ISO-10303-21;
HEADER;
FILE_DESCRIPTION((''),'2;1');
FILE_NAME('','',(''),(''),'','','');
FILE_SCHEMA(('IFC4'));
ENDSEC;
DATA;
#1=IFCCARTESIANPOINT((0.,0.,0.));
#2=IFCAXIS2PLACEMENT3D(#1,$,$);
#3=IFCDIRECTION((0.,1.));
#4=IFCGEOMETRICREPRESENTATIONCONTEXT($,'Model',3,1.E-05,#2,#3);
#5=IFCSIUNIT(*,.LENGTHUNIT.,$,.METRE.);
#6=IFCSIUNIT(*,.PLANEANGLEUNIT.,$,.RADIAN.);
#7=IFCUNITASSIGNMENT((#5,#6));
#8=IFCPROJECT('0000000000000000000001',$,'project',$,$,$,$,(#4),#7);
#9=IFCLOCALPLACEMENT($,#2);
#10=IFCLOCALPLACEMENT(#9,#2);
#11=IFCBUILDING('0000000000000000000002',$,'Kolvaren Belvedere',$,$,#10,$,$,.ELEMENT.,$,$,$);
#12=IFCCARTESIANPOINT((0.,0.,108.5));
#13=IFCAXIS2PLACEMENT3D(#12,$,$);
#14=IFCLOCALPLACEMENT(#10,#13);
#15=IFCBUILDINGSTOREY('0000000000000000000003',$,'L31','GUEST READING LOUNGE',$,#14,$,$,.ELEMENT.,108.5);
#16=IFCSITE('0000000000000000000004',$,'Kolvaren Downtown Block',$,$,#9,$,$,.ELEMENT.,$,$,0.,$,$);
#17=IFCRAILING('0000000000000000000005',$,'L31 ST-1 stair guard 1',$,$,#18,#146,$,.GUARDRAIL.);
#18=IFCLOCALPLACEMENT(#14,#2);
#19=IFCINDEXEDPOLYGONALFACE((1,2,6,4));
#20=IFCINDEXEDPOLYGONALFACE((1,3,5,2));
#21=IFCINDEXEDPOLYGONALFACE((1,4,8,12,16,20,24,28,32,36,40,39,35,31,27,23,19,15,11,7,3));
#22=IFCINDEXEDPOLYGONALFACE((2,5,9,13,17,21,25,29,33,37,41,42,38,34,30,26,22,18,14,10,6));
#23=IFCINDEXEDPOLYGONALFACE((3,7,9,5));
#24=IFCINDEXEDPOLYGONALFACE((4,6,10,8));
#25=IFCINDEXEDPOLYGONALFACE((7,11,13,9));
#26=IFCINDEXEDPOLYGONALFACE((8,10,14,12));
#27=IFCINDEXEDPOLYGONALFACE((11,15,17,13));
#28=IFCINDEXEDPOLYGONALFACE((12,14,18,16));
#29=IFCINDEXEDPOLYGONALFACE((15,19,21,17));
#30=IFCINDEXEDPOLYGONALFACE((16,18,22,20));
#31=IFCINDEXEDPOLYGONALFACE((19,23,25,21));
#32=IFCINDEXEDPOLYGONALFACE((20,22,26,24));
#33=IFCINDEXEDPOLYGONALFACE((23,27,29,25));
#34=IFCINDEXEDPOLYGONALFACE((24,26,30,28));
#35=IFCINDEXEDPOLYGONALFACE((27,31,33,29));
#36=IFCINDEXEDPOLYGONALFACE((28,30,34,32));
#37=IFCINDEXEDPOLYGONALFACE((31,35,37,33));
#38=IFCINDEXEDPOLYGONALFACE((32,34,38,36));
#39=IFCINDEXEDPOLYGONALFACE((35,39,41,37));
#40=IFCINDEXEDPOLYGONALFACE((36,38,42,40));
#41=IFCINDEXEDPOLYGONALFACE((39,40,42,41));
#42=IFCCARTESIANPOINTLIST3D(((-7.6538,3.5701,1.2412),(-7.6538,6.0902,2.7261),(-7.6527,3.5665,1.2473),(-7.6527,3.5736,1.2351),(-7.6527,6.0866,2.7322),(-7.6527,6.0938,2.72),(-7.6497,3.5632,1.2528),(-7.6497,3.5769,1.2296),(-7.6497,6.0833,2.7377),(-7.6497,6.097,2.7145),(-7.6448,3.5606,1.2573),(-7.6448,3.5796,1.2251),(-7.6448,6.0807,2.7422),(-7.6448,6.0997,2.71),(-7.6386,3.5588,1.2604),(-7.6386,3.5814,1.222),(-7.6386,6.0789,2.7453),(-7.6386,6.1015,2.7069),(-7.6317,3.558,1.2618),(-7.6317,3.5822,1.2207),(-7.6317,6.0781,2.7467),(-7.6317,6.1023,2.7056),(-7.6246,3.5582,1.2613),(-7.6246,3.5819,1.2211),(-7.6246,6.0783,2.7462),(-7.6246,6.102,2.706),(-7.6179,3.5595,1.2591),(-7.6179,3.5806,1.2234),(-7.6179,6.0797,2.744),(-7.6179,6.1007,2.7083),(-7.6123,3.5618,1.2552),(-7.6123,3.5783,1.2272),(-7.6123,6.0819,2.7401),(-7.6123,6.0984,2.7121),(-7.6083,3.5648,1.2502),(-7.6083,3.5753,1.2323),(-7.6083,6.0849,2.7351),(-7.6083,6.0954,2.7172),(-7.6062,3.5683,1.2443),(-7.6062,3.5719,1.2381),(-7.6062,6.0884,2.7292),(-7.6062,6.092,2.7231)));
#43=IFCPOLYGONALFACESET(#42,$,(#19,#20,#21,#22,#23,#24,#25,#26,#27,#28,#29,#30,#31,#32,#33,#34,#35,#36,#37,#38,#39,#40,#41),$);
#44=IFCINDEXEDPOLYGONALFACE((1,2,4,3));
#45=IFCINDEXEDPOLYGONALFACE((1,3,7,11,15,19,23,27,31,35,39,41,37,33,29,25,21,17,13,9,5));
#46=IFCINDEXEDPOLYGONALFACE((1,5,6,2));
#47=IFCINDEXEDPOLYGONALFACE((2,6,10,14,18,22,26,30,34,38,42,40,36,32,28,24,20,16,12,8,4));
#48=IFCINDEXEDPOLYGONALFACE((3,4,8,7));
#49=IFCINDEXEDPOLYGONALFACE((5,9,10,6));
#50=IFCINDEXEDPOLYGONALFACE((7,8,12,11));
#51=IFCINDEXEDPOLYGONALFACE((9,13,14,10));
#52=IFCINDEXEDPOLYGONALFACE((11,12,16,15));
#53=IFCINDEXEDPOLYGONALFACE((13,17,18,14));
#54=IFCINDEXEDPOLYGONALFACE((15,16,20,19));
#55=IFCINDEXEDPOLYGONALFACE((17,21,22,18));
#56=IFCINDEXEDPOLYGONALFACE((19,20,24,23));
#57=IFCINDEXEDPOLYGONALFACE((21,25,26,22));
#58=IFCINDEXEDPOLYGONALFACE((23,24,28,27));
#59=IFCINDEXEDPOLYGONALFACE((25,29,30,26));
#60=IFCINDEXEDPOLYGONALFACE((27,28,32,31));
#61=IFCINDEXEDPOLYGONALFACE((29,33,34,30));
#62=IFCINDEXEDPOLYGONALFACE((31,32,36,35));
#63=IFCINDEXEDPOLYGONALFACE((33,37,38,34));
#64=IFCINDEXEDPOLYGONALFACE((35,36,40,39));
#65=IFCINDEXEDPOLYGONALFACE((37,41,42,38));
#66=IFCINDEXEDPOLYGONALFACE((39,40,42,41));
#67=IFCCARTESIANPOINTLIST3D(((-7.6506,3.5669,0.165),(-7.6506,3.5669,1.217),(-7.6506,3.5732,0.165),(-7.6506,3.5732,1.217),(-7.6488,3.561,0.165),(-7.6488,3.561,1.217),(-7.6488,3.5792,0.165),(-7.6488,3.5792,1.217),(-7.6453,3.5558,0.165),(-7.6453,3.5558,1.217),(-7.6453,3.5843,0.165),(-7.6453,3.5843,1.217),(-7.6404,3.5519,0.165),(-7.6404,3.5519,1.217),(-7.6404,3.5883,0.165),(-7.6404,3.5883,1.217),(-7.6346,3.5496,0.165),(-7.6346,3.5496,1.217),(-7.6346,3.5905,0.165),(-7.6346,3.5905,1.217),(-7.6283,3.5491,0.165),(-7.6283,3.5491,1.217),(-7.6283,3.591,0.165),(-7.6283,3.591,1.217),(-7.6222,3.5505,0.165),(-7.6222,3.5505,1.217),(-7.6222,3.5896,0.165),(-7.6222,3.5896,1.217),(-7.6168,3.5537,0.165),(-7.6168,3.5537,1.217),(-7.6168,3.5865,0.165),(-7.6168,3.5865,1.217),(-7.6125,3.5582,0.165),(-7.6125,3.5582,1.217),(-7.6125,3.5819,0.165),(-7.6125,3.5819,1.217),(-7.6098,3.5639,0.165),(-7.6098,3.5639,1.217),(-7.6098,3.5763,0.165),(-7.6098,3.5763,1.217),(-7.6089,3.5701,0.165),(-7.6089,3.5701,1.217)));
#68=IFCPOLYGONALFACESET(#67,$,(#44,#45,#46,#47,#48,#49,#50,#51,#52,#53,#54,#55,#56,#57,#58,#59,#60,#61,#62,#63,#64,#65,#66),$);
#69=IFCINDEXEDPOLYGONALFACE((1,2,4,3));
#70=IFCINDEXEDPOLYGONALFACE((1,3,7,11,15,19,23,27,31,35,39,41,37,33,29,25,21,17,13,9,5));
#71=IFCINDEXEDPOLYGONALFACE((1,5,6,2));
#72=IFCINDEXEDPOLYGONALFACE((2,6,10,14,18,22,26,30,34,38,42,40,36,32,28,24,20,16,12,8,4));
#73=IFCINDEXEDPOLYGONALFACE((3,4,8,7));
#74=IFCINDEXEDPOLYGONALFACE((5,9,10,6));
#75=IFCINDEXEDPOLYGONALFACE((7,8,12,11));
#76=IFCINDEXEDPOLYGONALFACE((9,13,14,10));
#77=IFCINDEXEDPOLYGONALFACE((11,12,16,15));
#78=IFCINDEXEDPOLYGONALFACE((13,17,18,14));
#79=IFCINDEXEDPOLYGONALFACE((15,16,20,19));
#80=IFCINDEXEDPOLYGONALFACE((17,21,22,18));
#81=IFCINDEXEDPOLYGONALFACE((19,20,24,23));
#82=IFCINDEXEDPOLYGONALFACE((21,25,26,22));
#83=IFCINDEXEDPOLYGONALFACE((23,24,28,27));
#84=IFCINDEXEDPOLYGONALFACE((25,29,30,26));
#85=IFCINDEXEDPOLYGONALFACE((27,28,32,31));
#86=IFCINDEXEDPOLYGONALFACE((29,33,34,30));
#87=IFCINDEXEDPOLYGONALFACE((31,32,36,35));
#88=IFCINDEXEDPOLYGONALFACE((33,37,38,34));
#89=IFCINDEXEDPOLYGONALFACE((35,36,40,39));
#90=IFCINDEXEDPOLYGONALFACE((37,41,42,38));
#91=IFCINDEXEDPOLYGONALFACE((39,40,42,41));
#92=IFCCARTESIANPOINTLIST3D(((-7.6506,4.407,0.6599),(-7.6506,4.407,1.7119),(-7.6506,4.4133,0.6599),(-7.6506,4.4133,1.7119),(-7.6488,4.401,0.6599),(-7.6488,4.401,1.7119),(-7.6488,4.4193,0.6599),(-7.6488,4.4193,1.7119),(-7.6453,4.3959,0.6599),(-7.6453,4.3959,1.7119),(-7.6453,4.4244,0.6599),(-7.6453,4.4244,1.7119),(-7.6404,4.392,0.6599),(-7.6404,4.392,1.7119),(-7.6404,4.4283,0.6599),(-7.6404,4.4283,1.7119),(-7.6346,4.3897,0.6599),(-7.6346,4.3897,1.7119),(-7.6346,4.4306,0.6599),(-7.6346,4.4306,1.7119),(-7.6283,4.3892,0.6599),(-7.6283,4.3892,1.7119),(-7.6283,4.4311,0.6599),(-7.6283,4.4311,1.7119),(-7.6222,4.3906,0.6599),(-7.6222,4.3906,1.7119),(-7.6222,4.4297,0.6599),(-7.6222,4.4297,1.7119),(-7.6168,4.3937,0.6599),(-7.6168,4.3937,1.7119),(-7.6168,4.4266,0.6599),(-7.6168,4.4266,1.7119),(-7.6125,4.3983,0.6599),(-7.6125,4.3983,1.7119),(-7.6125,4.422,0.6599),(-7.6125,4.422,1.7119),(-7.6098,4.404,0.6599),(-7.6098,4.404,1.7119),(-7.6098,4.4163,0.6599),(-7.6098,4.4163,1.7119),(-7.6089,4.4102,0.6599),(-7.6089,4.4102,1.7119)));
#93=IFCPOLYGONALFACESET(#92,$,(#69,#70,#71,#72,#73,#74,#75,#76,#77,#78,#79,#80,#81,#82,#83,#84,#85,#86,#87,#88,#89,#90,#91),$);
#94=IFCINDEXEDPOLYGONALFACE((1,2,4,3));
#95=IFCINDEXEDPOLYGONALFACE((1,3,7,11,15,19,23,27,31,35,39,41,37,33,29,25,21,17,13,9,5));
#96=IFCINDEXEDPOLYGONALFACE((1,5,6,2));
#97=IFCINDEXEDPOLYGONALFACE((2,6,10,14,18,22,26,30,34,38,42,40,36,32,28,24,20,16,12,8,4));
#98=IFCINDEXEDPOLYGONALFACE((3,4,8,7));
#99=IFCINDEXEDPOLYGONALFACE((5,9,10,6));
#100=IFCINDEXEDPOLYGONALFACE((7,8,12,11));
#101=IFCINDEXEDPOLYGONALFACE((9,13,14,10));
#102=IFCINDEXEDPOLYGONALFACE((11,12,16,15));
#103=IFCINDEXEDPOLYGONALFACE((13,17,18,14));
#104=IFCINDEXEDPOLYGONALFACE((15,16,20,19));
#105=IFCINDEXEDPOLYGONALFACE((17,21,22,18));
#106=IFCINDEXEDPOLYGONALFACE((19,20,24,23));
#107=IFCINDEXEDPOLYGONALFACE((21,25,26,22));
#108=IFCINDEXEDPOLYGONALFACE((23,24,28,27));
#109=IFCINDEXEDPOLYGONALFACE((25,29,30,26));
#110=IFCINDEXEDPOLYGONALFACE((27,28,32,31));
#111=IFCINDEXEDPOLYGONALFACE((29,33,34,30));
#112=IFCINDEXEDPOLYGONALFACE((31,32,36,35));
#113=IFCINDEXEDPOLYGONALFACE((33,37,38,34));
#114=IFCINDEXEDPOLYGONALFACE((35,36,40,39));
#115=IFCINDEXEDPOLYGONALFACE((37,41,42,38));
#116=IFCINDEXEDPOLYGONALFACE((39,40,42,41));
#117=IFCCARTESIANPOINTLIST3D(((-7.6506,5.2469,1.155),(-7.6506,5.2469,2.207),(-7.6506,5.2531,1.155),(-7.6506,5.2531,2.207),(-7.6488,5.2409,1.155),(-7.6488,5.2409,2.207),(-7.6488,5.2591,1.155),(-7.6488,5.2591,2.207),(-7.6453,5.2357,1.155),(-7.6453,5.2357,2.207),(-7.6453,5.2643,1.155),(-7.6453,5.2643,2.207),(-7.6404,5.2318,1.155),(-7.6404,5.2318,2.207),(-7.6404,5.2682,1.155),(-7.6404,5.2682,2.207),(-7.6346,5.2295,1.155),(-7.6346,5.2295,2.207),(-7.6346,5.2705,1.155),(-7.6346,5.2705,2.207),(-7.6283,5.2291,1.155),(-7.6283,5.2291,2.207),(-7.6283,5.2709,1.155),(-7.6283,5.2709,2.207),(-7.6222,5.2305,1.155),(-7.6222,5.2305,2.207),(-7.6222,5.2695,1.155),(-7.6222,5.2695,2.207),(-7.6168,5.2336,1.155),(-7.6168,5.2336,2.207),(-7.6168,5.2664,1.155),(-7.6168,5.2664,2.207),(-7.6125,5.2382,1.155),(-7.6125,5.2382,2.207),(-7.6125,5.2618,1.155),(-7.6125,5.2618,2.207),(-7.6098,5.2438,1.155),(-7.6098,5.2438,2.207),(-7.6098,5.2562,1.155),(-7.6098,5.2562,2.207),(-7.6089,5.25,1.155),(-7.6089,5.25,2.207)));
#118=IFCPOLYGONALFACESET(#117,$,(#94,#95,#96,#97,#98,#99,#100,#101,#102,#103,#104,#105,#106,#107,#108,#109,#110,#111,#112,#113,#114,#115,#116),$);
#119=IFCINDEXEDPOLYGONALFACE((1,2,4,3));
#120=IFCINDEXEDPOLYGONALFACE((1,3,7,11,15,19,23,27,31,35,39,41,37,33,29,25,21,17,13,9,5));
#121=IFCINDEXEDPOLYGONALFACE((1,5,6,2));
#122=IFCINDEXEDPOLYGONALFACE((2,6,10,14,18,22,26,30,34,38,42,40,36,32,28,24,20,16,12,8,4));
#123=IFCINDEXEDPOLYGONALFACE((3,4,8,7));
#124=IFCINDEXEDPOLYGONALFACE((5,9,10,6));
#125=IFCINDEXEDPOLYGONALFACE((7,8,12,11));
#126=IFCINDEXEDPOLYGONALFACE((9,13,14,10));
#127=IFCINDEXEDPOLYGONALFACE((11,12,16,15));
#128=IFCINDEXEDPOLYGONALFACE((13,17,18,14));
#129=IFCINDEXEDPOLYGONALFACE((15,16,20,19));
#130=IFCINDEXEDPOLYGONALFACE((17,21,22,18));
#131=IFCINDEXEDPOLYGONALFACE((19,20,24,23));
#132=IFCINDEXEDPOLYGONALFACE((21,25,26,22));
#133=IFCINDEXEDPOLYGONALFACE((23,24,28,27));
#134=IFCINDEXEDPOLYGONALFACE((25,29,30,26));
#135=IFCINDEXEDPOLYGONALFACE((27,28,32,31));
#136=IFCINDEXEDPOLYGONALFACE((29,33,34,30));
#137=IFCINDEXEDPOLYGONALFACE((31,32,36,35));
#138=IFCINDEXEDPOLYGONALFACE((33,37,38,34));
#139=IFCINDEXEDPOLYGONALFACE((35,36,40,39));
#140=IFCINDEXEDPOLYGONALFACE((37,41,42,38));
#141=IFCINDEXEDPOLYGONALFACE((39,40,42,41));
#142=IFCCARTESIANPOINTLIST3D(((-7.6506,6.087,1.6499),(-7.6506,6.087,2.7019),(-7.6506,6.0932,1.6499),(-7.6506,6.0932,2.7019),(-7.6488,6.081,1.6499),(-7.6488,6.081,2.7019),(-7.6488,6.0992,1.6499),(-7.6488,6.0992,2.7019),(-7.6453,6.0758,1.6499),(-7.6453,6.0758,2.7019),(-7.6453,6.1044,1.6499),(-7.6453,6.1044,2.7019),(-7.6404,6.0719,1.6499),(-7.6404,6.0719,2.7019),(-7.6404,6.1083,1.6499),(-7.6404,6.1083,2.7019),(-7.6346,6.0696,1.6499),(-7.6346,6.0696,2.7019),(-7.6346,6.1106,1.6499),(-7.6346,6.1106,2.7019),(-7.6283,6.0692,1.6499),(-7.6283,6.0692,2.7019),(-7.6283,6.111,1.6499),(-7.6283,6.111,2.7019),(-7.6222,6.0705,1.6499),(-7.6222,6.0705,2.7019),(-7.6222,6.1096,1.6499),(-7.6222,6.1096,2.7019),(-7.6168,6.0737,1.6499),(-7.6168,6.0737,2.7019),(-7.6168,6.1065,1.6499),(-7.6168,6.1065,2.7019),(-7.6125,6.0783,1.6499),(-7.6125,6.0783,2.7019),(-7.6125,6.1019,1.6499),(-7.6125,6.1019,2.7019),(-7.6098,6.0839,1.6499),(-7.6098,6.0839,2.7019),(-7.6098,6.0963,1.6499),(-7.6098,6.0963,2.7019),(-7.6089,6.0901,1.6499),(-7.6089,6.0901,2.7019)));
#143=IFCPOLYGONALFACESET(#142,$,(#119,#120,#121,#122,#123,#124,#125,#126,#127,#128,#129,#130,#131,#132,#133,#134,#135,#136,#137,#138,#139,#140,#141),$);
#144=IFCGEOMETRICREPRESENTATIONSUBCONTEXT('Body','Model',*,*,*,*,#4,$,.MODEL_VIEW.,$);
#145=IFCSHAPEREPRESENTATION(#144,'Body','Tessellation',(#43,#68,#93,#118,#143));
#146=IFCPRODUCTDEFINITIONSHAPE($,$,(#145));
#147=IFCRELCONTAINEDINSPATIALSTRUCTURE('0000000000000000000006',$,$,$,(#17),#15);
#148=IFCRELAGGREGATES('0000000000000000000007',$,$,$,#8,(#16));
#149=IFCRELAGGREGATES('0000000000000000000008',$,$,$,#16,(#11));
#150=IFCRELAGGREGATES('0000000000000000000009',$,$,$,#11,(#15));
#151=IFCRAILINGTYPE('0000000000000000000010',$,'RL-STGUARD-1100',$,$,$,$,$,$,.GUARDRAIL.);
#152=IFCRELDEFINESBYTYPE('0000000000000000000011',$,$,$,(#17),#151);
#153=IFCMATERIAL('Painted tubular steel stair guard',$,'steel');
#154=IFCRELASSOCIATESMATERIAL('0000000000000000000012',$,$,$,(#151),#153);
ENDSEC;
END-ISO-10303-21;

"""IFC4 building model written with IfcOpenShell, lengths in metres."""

from ifc_helpers import new_model, si_unit, direction, frame, origin, origin_2d, place, context, subcontext, project, spatial, circle, extrude, material, type_object, element, save


model = new_model("IFC4")

# Units and contexts
model_context = context("Model", 3, precision=1e-05, world=origin(), true_north=direction((0.0, 1.0)))
body_context = subcontext(model_context, "Body", "Model", "MODEL_VIEW")
ifc_project = project(units=[si_unit("LENGTHUNIT", "METRE"), si_unit("PLANEANGLEUNIT", "RADIAN")], contexts=[model_context])

# Site, building, storey
site_placement = place(None, origin())
site = spatial("IfcSite", under=ifc_project, at=site_placement, Name="Kolvaren Downtown Block", CompositionType="ELEMENT", RefElevation=0.0)
building_placement = place(site_placement, origin())
building = spatial("IfcBuilding", under=site, at=building_placement, Name="Kolvaren Belvedere", CompositionType="ELEMENT")
storey_placement = place(building_placement, frame((0.0, 0.0, 108.5)))
storey = spatial("IfcBuildingStorey", under=building, at=storey_placement, Name="L31", Description="GUEST READING LOUNGE", CompositionType="ELEMENT", Elevation=108.5)

# Railing
ifc_material_1 = material(Name="Painted tubular steel stair guard", Category="steel")
railing_type_1 = type_object("IfcRailingType", Name="RL-STGUARD-1100", PredefinedType="GUARDRAIL", material=ifc_material_1)
railing_1_placement = place(storey_placement, frame((-7.6299, 3.5701, 0.165)))
element("IfcRailing", 1, at=railing_1_placement, inside=storey, type_object=railing_type_1, Name="L31 ST-1 stair guard 1", PredefinedType="GUARDRAIL", context=body_context, shape_type="SweptSolid", body=[
    extrude(circle(Radius=0.0239, at=origin_2d()), frame((0.0, 0.0, 1.0762), z_axis=(0.0, 0.861561, 0.507655), x_axis=(-1.0, 0.0, 0.0)), (0.0, 0.0, 1.0), 2.925),
    extrude(circle(Radius=0.021, at=origin_2d()), origin(), (0.0, 0.0, 1.0), 1.052),
    extrude(circle(Radius=0.021, at=origin_2d()), frame((0.0, 0.8401, 0.4949)), (0.0, 0.0, 1.0), 1.052),
    extrude(circle(Radius=0.021, at=origin_2d()), frame((0.0, 1.6799, 0.99)), (0.0, 0.0, 1.0), 1.052),
    extrude(circle(Radius=0.021, at=origin_2d()), frame((0.0, 2.52, 1.4849)), (0.0, 0.0, 1.0), 1.052),
])

save(model, "model.ifc")
